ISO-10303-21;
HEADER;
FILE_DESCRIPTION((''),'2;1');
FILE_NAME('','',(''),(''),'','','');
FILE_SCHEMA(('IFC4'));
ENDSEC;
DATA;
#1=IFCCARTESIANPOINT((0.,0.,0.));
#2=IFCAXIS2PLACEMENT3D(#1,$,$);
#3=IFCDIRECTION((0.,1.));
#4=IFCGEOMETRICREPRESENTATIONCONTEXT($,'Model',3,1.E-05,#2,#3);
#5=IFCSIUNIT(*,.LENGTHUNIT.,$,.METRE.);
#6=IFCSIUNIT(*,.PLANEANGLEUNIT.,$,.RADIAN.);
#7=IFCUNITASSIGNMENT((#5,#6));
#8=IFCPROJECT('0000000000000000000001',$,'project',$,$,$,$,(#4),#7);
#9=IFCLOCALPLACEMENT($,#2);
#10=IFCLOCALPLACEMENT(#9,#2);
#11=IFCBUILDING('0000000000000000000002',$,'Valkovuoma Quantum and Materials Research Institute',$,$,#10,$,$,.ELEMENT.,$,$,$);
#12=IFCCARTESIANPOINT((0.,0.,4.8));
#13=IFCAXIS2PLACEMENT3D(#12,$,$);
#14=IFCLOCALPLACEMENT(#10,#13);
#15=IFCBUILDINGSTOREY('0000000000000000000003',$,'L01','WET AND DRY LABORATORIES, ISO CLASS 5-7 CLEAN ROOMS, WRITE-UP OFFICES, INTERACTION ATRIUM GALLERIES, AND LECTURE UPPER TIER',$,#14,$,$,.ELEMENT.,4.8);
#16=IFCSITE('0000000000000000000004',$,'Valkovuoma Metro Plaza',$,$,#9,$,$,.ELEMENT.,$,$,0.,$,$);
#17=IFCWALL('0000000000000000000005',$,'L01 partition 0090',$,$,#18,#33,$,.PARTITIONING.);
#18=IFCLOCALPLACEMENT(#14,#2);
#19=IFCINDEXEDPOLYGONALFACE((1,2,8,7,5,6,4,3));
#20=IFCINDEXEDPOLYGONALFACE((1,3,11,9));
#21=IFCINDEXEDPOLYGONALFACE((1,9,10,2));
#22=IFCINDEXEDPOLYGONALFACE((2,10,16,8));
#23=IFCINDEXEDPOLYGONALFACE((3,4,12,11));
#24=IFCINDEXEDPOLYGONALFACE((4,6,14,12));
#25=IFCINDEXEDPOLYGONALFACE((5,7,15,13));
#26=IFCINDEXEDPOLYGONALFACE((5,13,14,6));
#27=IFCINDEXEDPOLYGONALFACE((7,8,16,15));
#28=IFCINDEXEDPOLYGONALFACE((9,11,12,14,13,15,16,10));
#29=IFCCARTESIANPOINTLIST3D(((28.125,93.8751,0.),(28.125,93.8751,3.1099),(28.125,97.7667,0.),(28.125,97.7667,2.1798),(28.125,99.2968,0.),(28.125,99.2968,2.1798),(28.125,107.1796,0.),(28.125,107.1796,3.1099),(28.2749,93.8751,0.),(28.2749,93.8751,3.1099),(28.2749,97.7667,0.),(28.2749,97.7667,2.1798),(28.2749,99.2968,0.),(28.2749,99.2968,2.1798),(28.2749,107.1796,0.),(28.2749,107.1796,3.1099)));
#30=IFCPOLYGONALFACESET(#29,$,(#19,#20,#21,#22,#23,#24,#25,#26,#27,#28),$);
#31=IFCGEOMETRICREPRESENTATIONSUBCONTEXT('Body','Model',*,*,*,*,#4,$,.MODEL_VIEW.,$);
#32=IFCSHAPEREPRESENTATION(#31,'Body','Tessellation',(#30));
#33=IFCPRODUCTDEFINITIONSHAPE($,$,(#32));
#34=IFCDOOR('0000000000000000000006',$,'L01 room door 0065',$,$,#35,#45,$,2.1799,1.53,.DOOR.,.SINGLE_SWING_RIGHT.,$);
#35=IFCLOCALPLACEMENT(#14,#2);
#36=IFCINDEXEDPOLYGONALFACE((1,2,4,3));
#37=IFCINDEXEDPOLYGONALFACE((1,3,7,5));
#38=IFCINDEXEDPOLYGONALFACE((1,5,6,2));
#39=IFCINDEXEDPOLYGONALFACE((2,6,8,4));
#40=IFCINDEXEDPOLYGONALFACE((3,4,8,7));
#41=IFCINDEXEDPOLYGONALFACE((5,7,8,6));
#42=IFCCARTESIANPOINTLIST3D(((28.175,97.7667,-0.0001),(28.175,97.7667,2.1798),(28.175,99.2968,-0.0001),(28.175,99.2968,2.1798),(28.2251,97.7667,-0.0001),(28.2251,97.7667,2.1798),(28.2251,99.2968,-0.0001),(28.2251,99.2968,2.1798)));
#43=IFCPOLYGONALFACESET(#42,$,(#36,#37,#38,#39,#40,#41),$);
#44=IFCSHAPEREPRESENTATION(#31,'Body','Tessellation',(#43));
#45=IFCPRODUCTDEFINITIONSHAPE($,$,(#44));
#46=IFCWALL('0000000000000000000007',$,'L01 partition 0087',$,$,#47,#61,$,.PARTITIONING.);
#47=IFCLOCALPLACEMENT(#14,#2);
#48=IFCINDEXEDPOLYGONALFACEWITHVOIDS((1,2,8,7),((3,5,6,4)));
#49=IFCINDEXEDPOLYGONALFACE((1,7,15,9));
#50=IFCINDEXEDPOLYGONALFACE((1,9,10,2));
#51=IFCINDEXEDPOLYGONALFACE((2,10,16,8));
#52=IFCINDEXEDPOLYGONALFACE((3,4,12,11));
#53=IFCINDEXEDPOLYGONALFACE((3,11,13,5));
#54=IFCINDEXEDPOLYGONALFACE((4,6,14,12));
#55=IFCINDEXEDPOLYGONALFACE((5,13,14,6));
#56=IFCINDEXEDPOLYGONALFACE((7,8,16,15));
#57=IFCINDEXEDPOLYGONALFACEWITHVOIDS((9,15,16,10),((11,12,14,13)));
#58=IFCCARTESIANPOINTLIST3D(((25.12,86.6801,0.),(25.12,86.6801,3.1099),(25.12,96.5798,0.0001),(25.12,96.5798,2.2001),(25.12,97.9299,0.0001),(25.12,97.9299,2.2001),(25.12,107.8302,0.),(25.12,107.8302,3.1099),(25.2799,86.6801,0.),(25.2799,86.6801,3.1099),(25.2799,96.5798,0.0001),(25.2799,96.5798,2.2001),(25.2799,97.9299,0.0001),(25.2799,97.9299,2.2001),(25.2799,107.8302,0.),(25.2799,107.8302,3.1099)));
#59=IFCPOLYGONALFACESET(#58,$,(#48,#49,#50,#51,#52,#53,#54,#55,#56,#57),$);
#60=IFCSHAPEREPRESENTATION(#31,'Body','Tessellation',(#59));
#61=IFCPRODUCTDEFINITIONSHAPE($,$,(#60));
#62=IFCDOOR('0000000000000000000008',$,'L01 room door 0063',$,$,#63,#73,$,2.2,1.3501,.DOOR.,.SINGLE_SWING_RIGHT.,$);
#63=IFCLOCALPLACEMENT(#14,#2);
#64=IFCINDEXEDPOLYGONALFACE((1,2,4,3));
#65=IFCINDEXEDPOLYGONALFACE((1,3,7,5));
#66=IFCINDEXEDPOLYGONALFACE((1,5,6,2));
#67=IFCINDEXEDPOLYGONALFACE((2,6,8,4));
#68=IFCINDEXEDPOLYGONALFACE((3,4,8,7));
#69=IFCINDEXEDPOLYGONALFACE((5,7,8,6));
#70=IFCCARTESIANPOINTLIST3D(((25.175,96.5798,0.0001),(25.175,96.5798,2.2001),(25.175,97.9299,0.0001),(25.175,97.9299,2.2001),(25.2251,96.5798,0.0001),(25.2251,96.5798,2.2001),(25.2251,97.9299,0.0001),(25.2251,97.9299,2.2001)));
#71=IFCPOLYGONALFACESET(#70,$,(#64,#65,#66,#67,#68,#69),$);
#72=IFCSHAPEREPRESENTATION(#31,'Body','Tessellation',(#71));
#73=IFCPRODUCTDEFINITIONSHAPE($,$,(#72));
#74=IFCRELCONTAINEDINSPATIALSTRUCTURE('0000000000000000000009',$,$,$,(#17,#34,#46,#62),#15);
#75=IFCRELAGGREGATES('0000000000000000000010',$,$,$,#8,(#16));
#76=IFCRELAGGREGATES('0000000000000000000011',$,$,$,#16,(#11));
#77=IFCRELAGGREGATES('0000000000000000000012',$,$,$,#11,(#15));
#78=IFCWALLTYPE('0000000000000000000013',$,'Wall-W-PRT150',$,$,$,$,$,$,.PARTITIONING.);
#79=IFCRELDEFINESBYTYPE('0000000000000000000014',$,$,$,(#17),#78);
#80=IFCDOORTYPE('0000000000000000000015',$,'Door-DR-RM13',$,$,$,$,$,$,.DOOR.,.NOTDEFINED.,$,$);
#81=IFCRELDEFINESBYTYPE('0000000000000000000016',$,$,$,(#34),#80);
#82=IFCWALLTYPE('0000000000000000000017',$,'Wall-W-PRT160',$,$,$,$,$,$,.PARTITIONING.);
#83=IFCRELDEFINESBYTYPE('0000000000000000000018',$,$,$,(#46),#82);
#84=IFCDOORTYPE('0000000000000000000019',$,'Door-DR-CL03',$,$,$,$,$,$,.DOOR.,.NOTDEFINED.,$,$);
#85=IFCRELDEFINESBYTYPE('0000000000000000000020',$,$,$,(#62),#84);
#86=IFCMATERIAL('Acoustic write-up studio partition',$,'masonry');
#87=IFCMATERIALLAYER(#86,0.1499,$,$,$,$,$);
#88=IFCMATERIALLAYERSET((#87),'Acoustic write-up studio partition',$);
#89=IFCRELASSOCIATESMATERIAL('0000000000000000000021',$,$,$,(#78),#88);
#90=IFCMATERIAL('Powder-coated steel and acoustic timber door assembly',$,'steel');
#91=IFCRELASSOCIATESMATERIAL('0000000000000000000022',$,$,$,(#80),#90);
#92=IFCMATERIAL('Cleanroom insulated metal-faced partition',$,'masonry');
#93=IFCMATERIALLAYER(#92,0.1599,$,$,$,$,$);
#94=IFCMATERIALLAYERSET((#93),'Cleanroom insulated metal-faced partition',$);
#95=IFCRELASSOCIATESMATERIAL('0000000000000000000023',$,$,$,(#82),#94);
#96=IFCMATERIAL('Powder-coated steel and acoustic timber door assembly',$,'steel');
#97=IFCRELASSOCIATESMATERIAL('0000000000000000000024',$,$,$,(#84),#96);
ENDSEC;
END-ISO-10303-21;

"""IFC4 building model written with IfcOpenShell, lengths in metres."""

from ifc_helpers import new_model, si_unit, direction, frame, frame_2d, origin, place, context, subcontext, project, spatial, rectangle, extrude, material, layer, layer_set, type_object, element, fill, save


model = new_model("IFC4")

# Units and contexts
model_context = context("Model", 3, precision=1e-05, world=origin(), true_north=direction((0.0, 1.0)))
body_context = subcontext(model_context, "Body", "Model", "MODEL_VIEW")
ifc_project = project(units=[si_unit("LENGTHUNIT", "METRE"), si_unit("PLANEANGLEUNIT", "RADIAN")], contexts=[model_context])

# Site, building, storey
site_placement = place(None, origin())
site = spatial("IfcSite", under=ifc_project, at=site_placement, Name="Valkovuoma Metro Plaza", CompositionType="ELEMENT", RefElevation=0.0)
building_placement = place(site_placement, origin())
building = spatial("IfcBuilding", under=site, at=building_placement, Name="Valkovuoma Quantum and Materials Research Institute", CompositionType="ELEMENT")
storey_placement = place(building_placement, frame((0.0, 0.0, 4.8)))
storey = spatial("IfcBuildingStorey", under=building, at=storey_placement, Name="L01", Description="WET AND DRY LABORATORIES, ISO CLASS 5-7 CLEAN ROOMS, WRITE-UP OFFICES, INTERACTION ATRIUM GALLERIES, AND LECTURE UPPER TIER", CompositionType="ELEMENT", Elevation=4.8)

# Walls, openings, doors
ifc_material_1 = material(Name="Acoustic write-up studio partition", Category="masonry")
ifc_layer_1 = layer(ifc_material_1, 0.1499)
ifc_layer_set_1 = layer_set([ifc_layer_1], Name="Acoustic write-up studio partition")
wall_type_1 = type_object("IfcWallType", Name="Wall-W-PRT150", PredefinedType="PARTITIONING", material=ifc_layer_set_1)
wall_1_placement = place(storey_placement, frame((28.2, 93.875, 0.0), z_axis=(0.0, 0.0, 1.0), x_axis=(0.0, 1.0, 0.0)))
wall_1 = element("IfcWall", 1, at=wall_1_placement, inside=storey, type_object=wall_type_1, Name="L01 partition 0090", PredefinedType="PARTITIONING", context=body_context, shape_type="SweptSolid", body=[
    extrude(rectangle(XDim=13.3044, YDim=0.1499, at=frame_2d((6.6523, 0.0))), origin(), (0.0, 0.0, 1.0), 3.1099),
])
opening_1_placement = place(wall_1_placement, frame((3.8916, 0.0, 0.0)))
opening_1 = element("IfcOpeningElement", 2, at=opening_1_placement, cuts=wall_1, PredefinedType="OPENING", context=body_context, shape_type="SweptSolid", body=[
    extrude(rectangle(XDim=1.53, YDim=2.1799, at=frame_2d((0.7651, 1.0898))), frame((0.0, 0.085, 0.0), z_axis=(0.0, -1.0, 0.0), x_axis=(1.0, 0.0, 0.0)), (0.0, 0.0, 1.0), 0.1699),
])
ifc_material_2 = material(Name="Powder-coated steel and acoustic timber door assembly", Category="steel")
door_type_1 = type_object("IfcDoorType", Name="Door-DR-RM13", OperationType="NOTDEFINED", PredefinedType="DOOR", material=ifc_material_2)
door_1_placement = place(opening_1_placement, origin())
door_1 = element("IfcDoor", 3, at=door_1_placement, inside=storey, type_object=door_type_1, Name="L01 room door 0065", OperationType="SINGLE_SWING_RIGHT", OverallHeight=2.1799, OverallWidth=1.53, PredefinedType="DOOR", context=body_context, shape_type="SweptSolid", body=[
    extrude(rectangle(XDim=1.53, YDim=2.1799, at=frame_2d((0.7651, 1.0898))), frame((0.0, 0.0249, 0.0), z_axis=(0.0, -1.0, 0.0), x_axis=(1.0, 0.0, 0.0)), (0.0, 0.0, 1.0), 0.05),
])
fill(opening_1, door_1)
ifc_material_3 = material(Name="Cleanroom insulated metal-faced partition", Category="masonry")
ifc_layer_2 = layer(ifc_material_3, 0.1599)
ifc_layer_set_2 = layer_set([ifc_layer_2], Name="Cleanroom insulated metal-faced partition")
wall_type_2 = type_object("IfcWallType", Name="Wall-W-PRT160", PredefinedType="PARTITIONING", material=ifc_layer_set_2)
wall_2_placement = place(storey_placement, frame((25.2, 86.6799, 0.0), z_axis=(0.0, 0.0, 1.0), x_axis=(0.0, 1.0, 0.0)))
wall_2 = element("IfcWall", 4, at=wall_2_placement, inside=storey, type_object=wall_type_2, Name="L01 partition 0087", PredefinedType="PARTITIONING", context=body_context, shape_type="SweptSolid", body=[
    extrude(rectangle(XDim=21.1501, YDim=0.1599, at=frame_2d((10.5752, 0.0))), origin(), (0.0, 0.0, 1.0), 3.1099),
])
opening_2_placement = place(wall_2_placement, frame((9.8999, 0.0, 0.0)))
opening_2 = element("IfcOpeningElement", 5, at=opening_2_placement, cuts=wall_2, PredefinedType="OPENING", context=body_context, shape_type="SweptSolid", body=[
    extrude(rectangle(XDim=1.3501, YDim=2.2, at=frame_2d((0.675, 1.1001))), frame((0.0, 0.0898, 0.0), z_axis=(0.0, -1.0, 0.0), x_axis=(1.0, 0.0, 0.0)), (0.0, 0.0, 1.0), 0.1799),
])
ifc_material_4 = material(Name="Powder-coated steel and acoustic timber door assembly", Category="steel")
door_type_2 = type_object("IfcDoorType", Name="Door-DR-CL03", OperationType="NOTDEFINED", PredefinedType="DOOR", material=ifc_material_4)
door_2_placement = place(opening_2_placement, origin())
door_2 = element("IfcDoor", 6, at=door_2_placement, inside=storey, type_object=door_type_2, Name="L01 room door 0063", OperationType="SINGLE_SWING_RIGHT", OverallHeight=2.2, OverallWidth=1.3501, PredefinedType="DOOR", context=body_context, shape_type="SweptSolid", body=[
    extrude(rectangle(XDim=1.3501, YDim=2.2, at=frame_2d((0.675, 1.1001))), frame((0.0, 0.0249, 0.0), z_axis=(0.0, -1.0, 0.0), x_axis=(1.0, 0.0, 0.0)), (0.0, 0.0, 1.0), 0.05),
])
fill(opening_2, door_2)

save(model, "model.ifc")
